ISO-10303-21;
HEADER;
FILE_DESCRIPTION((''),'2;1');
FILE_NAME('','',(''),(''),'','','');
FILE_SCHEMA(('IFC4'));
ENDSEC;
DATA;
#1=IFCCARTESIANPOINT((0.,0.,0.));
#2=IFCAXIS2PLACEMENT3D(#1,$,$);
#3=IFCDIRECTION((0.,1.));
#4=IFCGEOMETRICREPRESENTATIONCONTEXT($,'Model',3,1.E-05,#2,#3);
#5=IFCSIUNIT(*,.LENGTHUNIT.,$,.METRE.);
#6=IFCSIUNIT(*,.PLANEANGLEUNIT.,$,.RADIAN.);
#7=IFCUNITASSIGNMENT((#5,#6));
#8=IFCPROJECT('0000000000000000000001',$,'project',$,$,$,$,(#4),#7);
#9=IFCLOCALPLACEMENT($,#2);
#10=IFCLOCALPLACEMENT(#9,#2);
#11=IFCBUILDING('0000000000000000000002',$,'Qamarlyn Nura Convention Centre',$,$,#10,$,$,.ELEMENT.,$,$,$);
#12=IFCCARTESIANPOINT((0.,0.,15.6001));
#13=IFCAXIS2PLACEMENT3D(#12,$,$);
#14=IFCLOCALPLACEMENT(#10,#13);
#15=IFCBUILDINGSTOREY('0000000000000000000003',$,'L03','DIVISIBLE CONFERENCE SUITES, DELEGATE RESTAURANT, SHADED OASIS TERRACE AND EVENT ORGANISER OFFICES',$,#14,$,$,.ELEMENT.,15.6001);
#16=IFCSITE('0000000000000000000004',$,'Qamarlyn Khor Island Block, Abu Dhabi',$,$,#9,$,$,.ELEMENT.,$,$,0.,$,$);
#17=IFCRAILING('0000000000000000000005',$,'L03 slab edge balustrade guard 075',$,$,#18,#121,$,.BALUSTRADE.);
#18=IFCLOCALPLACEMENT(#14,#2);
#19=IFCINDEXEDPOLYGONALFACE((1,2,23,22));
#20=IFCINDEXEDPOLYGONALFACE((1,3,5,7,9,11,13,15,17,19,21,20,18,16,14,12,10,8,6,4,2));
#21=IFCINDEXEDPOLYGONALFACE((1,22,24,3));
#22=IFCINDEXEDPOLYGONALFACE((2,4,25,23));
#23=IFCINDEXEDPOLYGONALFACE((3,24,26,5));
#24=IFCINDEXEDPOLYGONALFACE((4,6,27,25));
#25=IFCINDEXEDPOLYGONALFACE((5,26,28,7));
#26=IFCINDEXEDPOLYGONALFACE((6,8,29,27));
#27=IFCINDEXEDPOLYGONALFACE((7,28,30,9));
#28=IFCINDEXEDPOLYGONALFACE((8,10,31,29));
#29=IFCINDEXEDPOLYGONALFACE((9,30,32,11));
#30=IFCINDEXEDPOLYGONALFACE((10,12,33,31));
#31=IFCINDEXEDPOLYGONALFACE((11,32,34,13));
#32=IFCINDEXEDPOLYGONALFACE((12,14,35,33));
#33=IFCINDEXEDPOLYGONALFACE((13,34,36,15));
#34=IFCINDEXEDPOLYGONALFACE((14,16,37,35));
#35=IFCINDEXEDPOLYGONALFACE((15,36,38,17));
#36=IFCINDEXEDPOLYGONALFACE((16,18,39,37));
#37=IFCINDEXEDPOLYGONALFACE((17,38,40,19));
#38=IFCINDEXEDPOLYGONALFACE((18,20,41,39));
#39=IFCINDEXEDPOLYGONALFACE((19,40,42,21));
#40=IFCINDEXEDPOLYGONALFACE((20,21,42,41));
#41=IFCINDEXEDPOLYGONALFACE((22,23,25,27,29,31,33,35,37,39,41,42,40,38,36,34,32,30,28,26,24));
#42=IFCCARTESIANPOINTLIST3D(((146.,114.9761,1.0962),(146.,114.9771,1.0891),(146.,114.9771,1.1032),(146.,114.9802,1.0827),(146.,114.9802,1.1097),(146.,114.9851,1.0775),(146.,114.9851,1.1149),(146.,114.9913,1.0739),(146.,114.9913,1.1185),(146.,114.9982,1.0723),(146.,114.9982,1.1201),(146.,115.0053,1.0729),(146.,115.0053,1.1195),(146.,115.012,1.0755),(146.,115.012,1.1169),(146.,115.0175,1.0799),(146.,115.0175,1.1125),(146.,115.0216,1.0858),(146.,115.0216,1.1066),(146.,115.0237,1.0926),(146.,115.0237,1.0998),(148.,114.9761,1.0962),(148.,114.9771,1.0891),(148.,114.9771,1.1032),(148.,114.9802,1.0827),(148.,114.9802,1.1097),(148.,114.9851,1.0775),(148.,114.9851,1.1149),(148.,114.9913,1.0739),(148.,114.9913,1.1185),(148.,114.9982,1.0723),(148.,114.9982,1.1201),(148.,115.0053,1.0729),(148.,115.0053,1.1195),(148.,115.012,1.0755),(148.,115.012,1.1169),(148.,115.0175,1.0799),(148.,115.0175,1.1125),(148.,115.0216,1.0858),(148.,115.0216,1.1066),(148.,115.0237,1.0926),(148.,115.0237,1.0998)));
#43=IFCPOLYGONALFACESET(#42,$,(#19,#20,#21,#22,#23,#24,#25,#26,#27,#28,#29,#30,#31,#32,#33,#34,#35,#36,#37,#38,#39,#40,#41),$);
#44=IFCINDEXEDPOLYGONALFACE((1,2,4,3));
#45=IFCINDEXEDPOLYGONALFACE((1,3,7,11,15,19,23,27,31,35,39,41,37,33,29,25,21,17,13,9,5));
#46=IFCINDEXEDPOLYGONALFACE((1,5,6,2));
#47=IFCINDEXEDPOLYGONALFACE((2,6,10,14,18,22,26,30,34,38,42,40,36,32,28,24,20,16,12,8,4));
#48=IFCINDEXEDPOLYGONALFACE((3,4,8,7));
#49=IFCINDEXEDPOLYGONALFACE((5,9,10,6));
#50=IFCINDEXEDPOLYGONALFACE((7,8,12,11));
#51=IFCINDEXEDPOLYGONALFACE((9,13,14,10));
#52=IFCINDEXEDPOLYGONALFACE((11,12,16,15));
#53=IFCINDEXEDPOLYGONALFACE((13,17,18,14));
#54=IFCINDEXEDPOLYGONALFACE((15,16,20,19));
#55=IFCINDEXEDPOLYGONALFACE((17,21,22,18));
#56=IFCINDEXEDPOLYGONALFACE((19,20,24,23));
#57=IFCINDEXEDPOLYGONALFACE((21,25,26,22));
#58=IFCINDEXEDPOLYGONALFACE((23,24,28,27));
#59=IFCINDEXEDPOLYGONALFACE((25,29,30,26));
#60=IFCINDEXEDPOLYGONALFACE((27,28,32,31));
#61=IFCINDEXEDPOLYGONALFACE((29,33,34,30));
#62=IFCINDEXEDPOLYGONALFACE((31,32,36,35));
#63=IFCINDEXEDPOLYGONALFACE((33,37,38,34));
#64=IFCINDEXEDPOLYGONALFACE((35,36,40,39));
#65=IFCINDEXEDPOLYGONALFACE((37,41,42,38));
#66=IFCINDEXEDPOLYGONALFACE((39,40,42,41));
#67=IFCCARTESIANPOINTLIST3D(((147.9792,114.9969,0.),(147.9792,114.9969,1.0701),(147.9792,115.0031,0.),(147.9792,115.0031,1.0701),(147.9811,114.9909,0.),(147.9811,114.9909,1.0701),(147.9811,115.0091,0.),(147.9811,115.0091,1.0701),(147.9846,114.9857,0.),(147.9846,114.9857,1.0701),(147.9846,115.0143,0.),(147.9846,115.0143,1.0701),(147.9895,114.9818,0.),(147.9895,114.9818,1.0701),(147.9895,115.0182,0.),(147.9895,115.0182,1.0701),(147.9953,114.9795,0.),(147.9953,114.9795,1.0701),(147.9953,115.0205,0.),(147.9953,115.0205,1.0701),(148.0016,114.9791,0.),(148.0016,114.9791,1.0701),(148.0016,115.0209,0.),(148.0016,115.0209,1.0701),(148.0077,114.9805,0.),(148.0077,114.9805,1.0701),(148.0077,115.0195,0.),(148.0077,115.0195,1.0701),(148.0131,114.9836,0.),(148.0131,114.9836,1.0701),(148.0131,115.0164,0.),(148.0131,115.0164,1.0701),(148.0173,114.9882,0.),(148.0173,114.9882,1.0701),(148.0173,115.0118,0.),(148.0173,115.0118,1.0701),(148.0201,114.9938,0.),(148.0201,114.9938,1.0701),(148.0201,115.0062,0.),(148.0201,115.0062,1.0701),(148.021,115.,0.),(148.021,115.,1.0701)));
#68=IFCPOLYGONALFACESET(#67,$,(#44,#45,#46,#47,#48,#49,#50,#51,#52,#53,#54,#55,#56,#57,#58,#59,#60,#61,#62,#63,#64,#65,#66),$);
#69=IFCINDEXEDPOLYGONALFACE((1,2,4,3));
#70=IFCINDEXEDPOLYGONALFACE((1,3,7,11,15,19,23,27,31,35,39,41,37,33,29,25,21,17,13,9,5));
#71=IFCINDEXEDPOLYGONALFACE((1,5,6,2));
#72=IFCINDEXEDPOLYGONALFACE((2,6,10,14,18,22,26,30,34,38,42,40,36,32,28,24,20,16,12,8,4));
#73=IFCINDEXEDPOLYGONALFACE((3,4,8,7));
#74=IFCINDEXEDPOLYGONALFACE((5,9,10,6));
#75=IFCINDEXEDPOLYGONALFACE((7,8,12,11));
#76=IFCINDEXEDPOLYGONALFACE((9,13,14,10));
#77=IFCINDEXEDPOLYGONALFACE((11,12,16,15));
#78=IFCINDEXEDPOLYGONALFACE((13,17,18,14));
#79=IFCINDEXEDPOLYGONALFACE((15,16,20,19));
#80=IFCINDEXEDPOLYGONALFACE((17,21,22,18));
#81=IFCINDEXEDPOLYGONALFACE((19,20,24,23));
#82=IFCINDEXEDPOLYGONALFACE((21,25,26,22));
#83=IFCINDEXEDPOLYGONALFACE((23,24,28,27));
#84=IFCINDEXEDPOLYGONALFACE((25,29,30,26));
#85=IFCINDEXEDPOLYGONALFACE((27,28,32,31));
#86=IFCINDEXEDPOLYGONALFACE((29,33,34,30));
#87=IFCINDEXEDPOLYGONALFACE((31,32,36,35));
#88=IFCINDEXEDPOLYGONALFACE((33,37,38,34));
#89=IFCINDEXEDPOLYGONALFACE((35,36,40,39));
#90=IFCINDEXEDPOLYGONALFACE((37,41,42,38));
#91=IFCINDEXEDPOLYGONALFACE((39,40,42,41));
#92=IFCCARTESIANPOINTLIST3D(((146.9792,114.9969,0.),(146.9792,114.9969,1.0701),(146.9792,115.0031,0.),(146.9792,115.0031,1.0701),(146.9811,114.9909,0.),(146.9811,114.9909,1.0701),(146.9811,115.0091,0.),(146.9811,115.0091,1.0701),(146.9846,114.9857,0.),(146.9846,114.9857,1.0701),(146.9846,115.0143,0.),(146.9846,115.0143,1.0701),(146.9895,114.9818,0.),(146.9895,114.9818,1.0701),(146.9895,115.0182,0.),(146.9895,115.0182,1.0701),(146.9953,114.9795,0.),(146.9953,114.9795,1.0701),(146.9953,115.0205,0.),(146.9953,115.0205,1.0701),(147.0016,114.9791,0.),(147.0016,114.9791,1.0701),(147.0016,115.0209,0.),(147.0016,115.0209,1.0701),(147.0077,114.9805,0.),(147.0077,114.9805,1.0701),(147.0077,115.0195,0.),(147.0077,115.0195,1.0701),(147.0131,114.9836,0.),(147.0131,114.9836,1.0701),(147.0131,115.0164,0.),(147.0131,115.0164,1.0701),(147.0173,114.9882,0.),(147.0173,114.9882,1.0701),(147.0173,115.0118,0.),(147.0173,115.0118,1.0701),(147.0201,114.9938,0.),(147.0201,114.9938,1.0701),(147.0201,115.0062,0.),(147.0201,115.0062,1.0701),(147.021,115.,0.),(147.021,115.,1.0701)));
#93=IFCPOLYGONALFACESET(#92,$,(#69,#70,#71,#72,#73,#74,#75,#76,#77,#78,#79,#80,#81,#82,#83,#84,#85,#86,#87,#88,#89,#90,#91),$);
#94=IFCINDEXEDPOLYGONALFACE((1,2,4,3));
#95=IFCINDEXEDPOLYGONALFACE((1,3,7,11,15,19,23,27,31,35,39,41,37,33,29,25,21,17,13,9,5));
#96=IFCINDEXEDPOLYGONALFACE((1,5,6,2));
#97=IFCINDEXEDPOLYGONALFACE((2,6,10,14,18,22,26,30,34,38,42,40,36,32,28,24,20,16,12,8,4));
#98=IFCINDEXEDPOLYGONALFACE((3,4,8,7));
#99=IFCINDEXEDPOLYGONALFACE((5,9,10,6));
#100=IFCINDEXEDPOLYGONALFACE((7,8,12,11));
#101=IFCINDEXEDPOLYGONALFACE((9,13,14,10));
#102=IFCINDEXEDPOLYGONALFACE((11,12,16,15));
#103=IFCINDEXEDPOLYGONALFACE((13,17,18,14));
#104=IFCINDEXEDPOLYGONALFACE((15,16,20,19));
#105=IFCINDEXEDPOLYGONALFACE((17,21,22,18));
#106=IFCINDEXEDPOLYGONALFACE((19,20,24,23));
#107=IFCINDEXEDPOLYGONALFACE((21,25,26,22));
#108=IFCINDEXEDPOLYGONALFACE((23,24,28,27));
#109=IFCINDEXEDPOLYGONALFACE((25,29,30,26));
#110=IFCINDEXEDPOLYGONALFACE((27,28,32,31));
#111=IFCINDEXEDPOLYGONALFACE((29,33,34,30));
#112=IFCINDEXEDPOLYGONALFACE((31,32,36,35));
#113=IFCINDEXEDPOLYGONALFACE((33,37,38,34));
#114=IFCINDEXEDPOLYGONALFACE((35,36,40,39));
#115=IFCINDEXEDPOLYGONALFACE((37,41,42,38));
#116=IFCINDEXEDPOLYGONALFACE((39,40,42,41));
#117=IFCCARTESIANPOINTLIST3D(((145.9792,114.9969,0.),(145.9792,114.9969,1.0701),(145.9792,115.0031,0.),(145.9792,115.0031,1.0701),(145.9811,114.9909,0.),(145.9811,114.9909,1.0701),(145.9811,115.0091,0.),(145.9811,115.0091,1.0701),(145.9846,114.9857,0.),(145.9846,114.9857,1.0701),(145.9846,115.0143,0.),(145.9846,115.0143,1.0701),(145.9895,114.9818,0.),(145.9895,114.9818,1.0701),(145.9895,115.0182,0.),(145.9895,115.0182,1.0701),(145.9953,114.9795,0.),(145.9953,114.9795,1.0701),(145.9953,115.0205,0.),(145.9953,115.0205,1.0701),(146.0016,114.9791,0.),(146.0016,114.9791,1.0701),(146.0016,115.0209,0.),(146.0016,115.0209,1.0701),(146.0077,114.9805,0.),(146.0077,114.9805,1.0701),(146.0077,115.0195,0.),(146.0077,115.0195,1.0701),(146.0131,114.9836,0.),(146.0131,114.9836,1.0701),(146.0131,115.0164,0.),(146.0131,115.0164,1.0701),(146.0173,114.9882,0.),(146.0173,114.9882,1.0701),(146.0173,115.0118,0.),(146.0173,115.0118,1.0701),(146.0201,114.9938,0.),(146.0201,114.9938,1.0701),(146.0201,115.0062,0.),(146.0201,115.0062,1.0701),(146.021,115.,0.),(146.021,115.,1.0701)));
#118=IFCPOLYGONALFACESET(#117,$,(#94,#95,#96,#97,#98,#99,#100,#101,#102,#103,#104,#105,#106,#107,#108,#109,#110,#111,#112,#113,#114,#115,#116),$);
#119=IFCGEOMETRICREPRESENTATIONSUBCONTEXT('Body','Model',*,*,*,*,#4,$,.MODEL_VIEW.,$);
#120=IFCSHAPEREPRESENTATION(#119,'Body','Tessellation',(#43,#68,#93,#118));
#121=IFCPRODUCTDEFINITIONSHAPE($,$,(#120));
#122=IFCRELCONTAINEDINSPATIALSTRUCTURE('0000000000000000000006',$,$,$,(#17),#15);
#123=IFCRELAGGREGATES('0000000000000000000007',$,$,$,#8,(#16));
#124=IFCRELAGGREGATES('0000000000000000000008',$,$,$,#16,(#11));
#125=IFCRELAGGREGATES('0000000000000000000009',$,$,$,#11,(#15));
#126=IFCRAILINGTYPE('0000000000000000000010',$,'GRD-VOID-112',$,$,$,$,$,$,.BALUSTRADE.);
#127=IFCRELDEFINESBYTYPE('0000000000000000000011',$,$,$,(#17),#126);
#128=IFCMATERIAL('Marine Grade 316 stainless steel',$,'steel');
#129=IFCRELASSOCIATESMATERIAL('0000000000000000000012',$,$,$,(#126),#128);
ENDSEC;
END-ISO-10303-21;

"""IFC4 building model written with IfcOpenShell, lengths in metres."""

from ifc_helpers import new_model, si_unit, direction, frame, origin, origin_2d, place, context, subcontext, project, spatial, circle, extrude, material, type_object, element, save


model = new_model("IFC4")

# Units and contexts
model_context = context("Model", 3, precision=1e-05, world=origin(), true_north=direction((0.0, 1.0)))
body_context = subcontext(model_context, "Body", "Model", "MODEL_VIEW")
ifc_project = project(units=[si_unit("LENGTHUNIT", "METRE"), si_unit("PLANEANGLEUNIT", "RADIAN")], contexts=[model_context])

# Site, building, storey
site_placement = place(None, origin())
site = spatial("IfcSite", under=ifc_project, at=site_placement, Name="Qamarlyn Khor Island Block, Abu Dhabi", CompositionType="ELEMENT", RefElevation=0.0)
building_placement = place(site_placement, origin())
building = spatial("IfcBuilding", under=site, at=building_placement, Name="Qamarlyn Nura Convention Centre", CompositionType="ELEMENT")
storey_placement = place(building_placement, frame((0.0, 0.0, 15.6001)))
storey = spatial("IfcBuildingStorey", under=building, at=storey_placement, Name="L03", Description="DIVISIBLE CONFERENCE SUITES, DELEGATE RESTAURANT, SHADED OASIS TERRACE AND EVENT ORGANISER OFFICES", CompositionType="ELEMENT", Elevation=15.6001)

# Railing
ifc_material_1 = material(Name="Marine Grade 316 stainless steel", Category="steel")
railing_type = type_object("IfcRailingType", Name="GRD-VOID-112", PredefinedType="BALUSTRADE", material=ifc_material_1)
railing_1_placement = place(storey_placement, frame((148.0, 115.0, 0.0)))
element("IfcRailing", 1, at=railing_1_placement, inside=storey, type_object=railing_type, Name="L03 slab edge balustrade guard 075", PredefinedType="BALUSTRADE", context=body_context, shape_type="SweptSolid", body=[
    extrude(circle(Radius=0.0239, at=origin_2d()), frame((0.0, 0.0, 1.0962), z_axis=(-1.0, 0.0, 0.0), x_axis=(0.0, -1.0, 0.0)), (0.0, 0.0, 1.0), 2.0),
    extrude(circle(Radius=0.021, at=origin_2d()), origin(), (0.0, 0.0, 1.0), 1.0701),
    extrude(circle(Radius=0.021, at=origin_2d()), frame((-1.0, 0.0, 0.0)), (0.0, 0.0, 1.0), 1.0701),
    extrude(circle(Radius=0.021, at=origin_2d()), frame((-2.0, 0.0, 0.0)), (0.0, 0.0, 1.0), 1.0701),
])

save(model, "model.ifc")
